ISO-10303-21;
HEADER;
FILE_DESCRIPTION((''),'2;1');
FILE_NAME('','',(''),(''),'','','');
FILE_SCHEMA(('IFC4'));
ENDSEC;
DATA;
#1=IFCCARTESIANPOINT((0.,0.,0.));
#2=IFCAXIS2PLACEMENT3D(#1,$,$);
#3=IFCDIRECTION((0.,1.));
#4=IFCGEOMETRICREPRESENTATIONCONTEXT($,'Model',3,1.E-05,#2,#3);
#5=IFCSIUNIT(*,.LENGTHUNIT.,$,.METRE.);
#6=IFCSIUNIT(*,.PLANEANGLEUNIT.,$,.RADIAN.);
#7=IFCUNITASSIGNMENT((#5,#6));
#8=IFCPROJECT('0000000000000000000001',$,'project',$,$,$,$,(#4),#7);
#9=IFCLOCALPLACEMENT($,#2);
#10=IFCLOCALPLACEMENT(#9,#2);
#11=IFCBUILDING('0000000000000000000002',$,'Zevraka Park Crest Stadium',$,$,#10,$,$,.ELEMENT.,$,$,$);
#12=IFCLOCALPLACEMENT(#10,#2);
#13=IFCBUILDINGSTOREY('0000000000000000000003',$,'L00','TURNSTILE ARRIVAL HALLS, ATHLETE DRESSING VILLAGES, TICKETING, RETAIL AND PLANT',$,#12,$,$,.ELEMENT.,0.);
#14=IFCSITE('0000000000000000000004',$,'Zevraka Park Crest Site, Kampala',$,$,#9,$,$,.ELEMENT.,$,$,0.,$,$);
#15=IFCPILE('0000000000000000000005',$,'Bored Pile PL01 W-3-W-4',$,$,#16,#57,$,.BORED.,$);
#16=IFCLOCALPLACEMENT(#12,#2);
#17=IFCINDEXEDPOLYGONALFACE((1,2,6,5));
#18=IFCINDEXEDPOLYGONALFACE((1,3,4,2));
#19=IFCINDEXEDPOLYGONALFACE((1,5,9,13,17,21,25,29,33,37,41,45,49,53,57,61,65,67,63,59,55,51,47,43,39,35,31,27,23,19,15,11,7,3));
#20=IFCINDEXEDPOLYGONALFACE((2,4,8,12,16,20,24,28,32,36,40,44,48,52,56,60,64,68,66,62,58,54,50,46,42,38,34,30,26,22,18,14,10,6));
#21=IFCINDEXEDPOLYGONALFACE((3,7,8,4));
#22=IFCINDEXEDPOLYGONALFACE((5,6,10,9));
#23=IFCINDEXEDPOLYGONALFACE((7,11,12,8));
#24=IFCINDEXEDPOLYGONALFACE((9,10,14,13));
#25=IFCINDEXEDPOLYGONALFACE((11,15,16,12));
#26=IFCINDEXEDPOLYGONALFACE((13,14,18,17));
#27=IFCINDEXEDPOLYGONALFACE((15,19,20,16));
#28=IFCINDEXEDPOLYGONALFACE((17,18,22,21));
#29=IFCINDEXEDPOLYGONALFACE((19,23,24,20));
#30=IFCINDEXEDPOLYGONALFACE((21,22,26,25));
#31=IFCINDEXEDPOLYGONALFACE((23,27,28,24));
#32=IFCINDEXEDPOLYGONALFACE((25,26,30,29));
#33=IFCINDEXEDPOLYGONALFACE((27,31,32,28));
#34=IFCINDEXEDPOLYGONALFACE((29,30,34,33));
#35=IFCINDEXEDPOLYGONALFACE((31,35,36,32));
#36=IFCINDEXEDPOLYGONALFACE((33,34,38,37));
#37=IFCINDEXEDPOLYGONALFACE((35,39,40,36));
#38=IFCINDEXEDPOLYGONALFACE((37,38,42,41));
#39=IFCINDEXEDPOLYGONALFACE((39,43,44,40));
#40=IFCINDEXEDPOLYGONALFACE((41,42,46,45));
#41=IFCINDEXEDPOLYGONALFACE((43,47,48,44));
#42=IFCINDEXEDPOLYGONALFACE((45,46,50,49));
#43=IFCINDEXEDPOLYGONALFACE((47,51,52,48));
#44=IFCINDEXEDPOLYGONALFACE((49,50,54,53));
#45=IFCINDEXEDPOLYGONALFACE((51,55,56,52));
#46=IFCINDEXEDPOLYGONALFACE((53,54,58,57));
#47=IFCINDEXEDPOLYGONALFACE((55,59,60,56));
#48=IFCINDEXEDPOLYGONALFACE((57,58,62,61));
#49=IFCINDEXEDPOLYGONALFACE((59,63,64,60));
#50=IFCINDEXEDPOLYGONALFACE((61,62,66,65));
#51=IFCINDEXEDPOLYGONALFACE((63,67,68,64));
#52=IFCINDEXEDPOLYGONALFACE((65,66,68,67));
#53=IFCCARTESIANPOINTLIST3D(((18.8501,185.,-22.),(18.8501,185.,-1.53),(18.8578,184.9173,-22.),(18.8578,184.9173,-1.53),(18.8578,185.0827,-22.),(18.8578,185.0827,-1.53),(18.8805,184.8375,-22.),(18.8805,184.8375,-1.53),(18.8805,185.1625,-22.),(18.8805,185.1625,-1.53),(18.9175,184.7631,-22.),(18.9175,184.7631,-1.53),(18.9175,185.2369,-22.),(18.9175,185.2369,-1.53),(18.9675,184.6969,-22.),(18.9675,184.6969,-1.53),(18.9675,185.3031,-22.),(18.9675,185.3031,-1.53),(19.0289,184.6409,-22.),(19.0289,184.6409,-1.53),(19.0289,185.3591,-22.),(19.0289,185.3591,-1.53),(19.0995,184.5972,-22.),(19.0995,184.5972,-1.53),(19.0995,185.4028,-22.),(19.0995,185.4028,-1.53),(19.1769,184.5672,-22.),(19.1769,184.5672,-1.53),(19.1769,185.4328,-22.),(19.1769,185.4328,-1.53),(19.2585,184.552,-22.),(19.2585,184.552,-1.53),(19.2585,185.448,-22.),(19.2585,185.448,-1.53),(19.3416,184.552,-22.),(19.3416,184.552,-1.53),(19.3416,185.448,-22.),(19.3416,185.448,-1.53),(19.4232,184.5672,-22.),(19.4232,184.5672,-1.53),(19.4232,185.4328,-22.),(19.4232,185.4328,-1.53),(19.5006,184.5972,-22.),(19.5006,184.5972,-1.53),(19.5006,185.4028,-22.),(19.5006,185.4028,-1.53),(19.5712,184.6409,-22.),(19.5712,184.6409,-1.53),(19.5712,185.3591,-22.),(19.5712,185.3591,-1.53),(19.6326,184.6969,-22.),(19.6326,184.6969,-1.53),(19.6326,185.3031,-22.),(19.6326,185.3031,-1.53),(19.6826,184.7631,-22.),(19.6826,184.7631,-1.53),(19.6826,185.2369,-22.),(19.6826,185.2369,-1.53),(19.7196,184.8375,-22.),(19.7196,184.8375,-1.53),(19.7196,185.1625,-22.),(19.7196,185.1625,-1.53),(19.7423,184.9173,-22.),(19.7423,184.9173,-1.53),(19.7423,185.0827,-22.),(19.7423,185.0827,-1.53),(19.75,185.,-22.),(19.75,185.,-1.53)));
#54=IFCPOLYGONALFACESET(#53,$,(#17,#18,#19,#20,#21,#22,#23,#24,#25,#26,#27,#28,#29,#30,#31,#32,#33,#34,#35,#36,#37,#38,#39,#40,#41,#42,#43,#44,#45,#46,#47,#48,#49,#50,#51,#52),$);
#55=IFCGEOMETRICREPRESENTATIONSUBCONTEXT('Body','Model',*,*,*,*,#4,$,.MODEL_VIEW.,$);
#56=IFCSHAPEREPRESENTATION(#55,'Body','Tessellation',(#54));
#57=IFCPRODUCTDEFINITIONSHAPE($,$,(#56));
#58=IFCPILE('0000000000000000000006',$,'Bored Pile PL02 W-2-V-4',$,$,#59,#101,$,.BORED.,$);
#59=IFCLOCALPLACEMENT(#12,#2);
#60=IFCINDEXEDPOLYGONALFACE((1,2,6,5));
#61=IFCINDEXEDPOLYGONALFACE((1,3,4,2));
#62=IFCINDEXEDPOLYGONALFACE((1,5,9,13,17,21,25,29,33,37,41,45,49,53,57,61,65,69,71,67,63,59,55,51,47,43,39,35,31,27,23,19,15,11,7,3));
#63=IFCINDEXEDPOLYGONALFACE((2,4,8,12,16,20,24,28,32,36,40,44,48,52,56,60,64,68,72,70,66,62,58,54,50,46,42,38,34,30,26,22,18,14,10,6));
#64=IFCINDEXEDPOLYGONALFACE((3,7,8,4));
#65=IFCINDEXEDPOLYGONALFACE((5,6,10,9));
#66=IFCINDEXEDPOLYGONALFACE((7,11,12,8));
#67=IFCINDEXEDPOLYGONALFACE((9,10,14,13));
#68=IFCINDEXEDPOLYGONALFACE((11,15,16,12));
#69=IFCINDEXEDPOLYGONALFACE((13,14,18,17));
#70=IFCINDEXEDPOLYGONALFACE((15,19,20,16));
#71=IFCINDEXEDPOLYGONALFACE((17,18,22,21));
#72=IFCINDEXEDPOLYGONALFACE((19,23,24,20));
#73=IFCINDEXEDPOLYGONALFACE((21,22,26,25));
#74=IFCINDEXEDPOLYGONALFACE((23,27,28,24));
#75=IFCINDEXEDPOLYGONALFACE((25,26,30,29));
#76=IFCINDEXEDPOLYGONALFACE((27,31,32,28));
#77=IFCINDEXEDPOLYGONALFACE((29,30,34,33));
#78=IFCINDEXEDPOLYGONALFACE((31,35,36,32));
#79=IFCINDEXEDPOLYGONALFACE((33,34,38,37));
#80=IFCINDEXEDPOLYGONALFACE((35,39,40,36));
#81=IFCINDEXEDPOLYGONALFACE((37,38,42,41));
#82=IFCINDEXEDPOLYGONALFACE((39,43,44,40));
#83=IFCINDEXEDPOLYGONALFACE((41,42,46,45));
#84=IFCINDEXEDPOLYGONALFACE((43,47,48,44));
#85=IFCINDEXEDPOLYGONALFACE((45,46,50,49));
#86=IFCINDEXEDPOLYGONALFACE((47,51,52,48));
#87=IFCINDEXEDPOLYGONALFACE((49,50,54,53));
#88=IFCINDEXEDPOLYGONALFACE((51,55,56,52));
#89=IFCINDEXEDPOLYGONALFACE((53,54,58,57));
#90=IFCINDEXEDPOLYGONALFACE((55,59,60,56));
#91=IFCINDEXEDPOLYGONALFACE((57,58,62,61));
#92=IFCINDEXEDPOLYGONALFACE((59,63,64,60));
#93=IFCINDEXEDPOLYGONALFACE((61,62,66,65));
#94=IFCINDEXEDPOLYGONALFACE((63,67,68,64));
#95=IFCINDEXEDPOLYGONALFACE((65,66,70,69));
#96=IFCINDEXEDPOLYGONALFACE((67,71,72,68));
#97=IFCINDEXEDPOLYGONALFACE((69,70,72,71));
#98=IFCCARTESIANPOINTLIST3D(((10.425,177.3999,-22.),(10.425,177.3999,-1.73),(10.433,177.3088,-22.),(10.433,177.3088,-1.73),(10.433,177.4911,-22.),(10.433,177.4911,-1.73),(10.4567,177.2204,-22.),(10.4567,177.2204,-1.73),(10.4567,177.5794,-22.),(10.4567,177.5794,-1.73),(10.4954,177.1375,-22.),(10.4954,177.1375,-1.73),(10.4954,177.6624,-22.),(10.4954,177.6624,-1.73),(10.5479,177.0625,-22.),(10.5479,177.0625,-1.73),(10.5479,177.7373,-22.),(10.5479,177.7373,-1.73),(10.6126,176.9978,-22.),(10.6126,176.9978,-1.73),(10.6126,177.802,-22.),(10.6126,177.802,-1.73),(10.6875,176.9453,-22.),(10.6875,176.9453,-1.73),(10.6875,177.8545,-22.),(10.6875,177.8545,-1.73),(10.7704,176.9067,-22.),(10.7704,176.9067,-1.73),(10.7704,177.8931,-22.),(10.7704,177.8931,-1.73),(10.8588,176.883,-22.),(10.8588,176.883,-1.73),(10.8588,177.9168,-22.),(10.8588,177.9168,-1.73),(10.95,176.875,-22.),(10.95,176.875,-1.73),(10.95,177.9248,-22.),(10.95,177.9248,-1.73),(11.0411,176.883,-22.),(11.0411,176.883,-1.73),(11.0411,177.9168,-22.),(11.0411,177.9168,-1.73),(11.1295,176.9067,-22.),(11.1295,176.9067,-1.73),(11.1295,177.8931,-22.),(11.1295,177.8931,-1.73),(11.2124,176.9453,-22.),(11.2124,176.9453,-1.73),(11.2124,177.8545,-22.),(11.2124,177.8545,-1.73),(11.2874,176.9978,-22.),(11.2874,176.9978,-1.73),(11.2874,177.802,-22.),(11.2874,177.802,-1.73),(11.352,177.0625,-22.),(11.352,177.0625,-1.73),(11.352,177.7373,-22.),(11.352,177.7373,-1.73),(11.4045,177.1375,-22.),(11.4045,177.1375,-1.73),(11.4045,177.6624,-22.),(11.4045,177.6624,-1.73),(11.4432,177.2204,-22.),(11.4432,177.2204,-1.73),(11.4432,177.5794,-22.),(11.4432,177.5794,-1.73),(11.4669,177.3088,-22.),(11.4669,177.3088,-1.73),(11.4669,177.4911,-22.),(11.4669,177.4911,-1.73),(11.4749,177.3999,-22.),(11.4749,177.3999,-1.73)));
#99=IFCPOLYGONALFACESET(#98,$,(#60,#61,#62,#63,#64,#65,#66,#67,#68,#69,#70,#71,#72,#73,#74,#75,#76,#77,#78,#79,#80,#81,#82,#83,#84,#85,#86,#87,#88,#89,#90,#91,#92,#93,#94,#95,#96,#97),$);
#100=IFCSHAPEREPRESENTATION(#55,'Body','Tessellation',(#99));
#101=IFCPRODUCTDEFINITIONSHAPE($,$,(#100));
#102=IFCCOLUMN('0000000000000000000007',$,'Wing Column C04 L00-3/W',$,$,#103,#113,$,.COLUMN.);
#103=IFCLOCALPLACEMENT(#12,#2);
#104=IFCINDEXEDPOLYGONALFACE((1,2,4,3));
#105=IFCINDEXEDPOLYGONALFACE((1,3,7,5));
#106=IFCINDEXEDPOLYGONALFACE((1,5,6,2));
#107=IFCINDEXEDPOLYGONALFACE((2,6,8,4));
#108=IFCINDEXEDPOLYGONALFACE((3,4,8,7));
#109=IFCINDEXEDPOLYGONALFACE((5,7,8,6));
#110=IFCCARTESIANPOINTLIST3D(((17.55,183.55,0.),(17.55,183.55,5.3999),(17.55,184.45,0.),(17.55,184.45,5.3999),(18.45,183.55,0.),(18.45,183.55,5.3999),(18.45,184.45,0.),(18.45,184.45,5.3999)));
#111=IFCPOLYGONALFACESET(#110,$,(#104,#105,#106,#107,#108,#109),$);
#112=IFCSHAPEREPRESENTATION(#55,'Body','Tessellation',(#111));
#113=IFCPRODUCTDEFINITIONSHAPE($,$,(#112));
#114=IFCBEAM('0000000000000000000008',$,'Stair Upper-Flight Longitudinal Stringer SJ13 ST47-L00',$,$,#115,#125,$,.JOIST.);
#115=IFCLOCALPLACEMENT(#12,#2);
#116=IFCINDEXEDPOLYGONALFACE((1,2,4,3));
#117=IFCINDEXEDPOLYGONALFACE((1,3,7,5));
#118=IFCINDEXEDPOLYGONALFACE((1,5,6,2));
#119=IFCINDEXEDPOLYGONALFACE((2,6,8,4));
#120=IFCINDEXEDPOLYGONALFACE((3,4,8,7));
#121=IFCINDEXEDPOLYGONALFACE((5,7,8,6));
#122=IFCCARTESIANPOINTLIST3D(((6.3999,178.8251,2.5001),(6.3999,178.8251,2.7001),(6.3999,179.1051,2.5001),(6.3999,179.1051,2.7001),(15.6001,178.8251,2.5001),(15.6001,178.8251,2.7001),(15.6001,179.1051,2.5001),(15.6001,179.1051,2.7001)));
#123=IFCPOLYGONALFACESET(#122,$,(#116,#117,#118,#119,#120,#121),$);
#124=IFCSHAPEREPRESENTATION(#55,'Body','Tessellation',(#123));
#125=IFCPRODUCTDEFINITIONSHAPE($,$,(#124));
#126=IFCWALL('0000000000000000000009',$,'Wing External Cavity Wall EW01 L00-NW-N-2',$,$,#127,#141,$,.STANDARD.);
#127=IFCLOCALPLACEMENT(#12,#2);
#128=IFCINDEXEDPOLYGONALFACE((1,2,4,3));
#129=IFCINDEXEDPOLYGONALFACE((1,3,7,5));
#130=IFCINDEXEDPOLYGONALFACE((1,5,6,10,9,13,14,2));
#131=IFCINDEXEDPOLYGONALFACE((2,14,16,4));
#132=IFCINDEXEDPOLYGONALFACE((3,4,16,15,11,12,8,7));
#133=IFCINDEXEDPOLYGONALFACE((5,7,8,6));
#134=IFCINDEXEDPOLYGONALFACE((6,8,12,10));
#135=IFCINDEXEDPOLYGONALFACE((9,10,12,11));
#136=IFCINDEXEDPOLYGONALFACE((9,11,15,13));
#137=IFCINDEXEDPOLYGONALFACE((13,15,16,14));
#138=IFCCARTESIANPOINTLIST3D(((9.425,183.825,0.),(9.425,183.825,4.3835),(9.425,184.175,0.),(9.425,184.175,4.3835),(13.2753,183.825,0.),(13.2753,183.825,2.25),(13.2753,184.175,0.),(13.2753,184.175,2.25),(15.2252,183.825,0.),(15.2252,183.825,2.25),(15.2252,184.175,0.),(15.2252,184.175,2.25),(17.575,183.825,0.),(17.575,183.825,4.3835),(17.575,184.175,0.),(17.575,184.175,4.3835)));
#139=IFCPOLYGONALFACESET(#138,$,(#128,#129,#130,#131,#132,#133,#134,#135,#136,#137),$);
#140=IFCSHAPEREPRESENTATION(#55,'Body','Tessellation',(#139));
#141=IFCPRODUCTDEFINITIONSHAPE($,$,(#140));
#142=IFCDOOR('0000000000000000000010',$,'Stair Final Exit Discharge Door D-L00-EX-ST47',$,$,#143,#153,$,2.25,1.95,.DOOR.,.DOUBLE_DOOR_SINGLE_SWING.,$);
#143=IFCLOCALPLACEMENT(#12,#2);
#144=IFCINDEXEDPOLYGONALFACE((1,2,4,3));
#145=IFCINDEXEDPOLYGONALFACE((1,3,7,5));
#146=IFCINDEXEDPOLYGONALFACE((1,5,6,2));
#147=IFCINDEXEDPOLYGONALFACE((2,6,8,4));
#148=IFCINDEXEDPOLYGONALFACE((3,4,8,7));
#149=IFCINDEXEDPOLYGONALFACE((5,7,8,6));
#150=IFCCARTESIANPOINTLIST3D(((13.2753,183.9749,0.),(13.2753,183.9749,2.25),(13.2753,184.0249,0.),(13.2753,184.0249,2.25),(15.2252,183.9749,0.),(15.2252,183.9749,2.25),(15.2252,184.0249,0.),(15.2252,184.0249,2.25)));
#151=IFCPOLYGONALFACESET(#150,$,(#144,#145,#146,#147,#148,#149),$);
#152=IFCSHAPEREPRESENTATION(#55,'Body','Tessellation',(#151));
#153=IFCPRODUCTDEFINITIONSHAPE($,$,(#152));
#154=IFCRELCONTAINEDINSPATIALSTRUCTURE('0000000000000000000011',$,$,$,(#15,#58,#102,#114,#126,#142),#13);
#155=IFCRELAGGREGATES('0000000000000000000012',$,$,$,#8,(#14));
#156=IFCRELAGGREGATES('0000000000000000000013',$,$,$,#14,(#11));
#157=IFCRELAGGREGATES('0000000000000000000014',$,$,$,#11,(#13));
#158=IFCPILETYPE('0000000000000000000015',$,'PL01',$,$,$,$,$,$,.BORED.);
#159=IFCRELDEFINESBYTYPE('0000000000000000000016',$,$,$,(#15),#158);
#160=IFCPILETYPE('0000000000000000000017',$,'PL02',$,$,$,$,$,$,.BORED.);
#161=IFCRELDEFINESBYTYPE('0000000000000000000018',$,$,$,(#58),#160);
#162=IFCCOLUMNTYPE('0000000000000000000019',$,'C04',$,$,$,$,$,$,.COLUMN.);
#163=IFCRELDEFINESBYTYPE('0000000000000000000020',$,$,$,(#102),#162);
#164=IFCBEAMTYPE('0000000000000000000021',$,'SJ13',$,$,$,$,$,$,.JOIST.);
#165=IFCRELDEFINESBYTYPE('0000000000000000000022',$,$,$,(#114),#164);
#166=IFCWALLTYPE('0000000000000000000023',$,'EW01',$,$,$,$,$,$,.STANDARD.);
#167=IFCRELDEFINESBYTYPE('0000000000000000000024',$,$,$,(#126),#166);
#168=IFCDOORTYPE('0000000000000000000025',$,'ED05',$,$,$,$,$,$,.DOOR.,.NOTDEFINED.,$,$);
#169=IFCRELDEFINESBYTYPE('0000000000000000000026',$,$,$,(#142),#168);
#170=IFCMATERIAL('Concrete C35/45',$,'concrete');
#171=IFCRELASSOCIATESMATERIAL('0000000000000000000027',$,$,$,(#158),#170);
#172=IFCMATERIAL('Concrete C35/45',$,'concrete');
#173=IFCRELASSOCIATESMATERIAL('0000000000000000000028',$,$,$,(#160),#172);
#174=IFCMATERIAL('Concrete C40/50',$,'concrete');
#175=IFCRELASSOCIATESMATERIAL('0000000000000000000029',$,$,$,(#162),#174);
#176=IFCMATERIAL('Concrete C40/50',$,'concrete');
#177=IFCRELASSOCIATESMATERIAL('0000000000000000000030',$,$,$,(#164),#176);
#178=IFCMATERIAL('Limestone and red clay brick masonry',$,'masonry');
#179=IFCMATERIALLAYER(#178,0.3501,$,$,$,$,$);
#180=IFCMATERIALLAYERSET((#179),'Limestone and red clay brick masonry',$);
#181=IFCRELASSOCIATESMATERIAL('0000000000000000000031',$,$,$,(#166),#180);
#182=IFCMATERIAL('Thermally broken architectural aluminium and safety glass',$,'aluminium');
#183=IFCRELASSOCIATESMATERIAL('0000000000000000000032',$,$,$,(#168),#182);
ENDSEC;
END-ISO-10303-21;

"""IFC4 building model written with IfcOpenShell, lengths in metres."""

from ifc_helpers import new_model, si_unit, direction, frame, frame_2d, origin, origin_2d, place, context, subcontext, project, spatial, rectangle, circle, extrude, material, layer, layer_set, material_profile, profile_set, type_object, element, fill, save


model = new_model("IFC4")

# Units and contexts
model_context = context("Model", 3, precision=1e-05, world=origin(), true_north=direction((0.0, 1.0)))
body_context = subcontext(model_context, "Body", "Model", "MODEL_VIEW")
ifc_project = project(units=[si_unit("LENGTHUNIT", "METRE"), si_unit("PLANEANGLEUNIT", "RADIAN")], contexts=[model_context])

# Site, building, storey
site_placement = place(None, origin())
site = spatial("IfcSite", under=ifc_project, at=site_placement, Name="Zevraka Park Crest Site, Kampala", CompositionType="ELEMENT", RefElevation=0.0)
building_placement = place(site_placement, origin())
building = spatial("IfcBuilding", under=site, at=building_placement, Name="Zevraka Park Crest Stadium", CompositionType="ELEMENT")
storey_placement = place(building_placement, origin())
storey = spatial("IfcBuildingStorey", under=building, at=storey_placement, Name="L00", Description="TURNSTILE ARRIVAL HALLS, ATHLETE DRESSING VILLAGES, TICKETING, RETAIL AND PLANT", CompositionType="ELEMENT", Elevation=0.0)

# Piles
ifc_material_1 = material(Name="Concrete C35/45", Category="concrete")
ifc_material_profile_1 = material_profile(ifc_material_1, circle(Radius=0.45, at=origin_2d()), Name="PILE D900")
ifc_profile_set_1 = profile_set([ifc_material_profile_1], Name="Concrete C35/45")
pile_type_1 = type_object("IfcPileType", Name="PL01", PredefinedType="BORED", material=ifc_profile_set_1)
for number, where, z_axis, x_axis, name in (
    (1, (19.3, 185.0, -1.53), (0.0, 0.0, -1.0), (1.0, 0.0, 0.0), "Bored Pile PL01 W-3-W-4"),
):
    element("IfcPile", number, at=place(storey_placement, frame(where, z_axis=z_axis, x_axis=x_axis)), inside=storey, type_object=pile_type_1, Name=name, PredefinedType="BORED", context=body_context, shape_type="SweptSolid", body=[
        extrude(circle(Radius=0.45, at=origin_2d()), origin(), (0.0, 0.0, 1.0), 20.47),
    ])
ifc_material_2 = material(Name="Concrete C35/45", Category="concrete")
ifc_material_profile_2 = material_profile(ifc_material_2, circle(Radius=0.5249, at=origin_2d()), Name="PILE D1050")
ifc_profile_set_2 = profile_set([ifc_material_profile_2], Name="Concrete C35/45")
pile_type_2 = type_object("IfcPileType", Name="PL02", PredefinedType="BORED", material=ifc_profile_set_2)
pile_placement = place(storey_placement, frame((10.95, 177.3999, -1.73), z_axis=(0.0, 0.0, -1.0), x_axis=(1.0, 0.0, 0.0)))
element("IfcPile", 2, at=pile_placement, inside=storey, type_object=pile_type_2, Name="Bored Pile PL02 W-2-V-4", PredefinedType="BORED", context=body_context, shape_type="SweptSolid", body=[
    extrude(circle(Radius=0.5249, at=origin_2d()), origin(), (0.0, 0.0, 1.0), 20.27),
])

# Column
ifc_material_3 = material(Name="Concrete C40/50", Category="concrete")
ifc_material_profile_3 = material_profile(ifc_material_3, rectangle(XDim=0.8999, YDim=0.8999, at=origin_2d()), Name="RC 900x900")
ifc_profile_set_3 = profile_set([ifc_material_profile_3], Name="Concrete C40/50")
column_type = type_object("IfcColumnType", Name="C04", PredefinedType="COLUMN", material=ifc_profile_set_3)
column_placement = place(storey_placement, frame((18.0, 184.0, 0.0), z_axis=(0.0, 0.0, 1.0), x_axis=(1.0, 0.0, 0.0)))
element("IfcColumn", 3, at=column_placement, inside=storey, type_object=column_type, Name="Wing Column C04 L00-3/W", PredefinedType="COLUMN", context=body_context, shape_type="SweptSolid", body=[
    extrude(rectangle(XDim=0.8999, YDim=0.8999, at=origin_2d()), origin(), (0.0, 0.0, 1.0), 5.3999),
])

# Beam
ifc_material_4 = material(Name="Concrete C40/50", Category="concrete")
ifc_material_profile_4 = material_profile(ifc_material_4, rectangle(XDim=0.28, YDim=0.2, at=origin_2d()), Name="RC 200x280")
ifc_profile_set_4 = profile_set([ifc_material_profile_4], Name="Concrete C40/50")
beam_type = type_object("IfcBeamType", Name="SJ13", PredefinedType="JOIST", material=ifc_profile_set_4)
beam_placement = place(storey_placement, frame((15.6001, 178.9651, 2.6001), z_axis=(-1.0, 0.0, 0.0), x_axis=(0.0, -1.0, 0.0)))
element("IfcBeam", 4, at=beam_placement, inside=storey, type_object=beam_type, Name="Stair Upper-Flight Longitudinal Stringer SJ13 ST47-L00", PredefinedType="JOIST", context=body_context, shape_type="SweptSolid", body=[
    extrude(rectangle(XDim=0.28, YDim=0.2, at=origin_2d()), origin(), (0.0, 0.0, 1.0), 9.2002),
])

# Wall, opening, door
ifc_material_5 = material(Name="Limestone and red clay brick masonry", Category="masonry")
ifc_layer_1 = layer(ifc_material_5, 0.3501)
ifc_layer_set_1 = layer_set([ifc_layer_1], Name="Limestone and red clay brick masonry")
wall_type_1 = type_object("IfcWallType", Name="EW01", PredefinedType="STANDARD", material=ifc_layer_set_1)
wall_1_placement = place(storey_placement, frame((9.425, 184.0, 0.0), z_axis=(0.0, 0.0, 1.0), x_axis=(1.0, 0.0, 0.0)))
wall_1 = element("IfcWall", 5, at=wall_1_placement, inside=storey, type_object=wall_type_1, Name="Wing External Cavity Wall EW01 L00-NW-N-2", PredefinedType="STANDARD", context=body_context, shape_type="SweptSolid", body=[
    extrude(rectangle(XDim=8.1499, YDim=0.3501, at=frame_2d((4.075, 0.0))), origin(), (0.0, 0.0, 1.0), 4.3835),
])
opening_1_placement = place(wall_1_placement, frame((3.8501, 0.0, 0.0)))
opening_1 = element("IfcOpeningElement", 6, at=opening_1_placement, cuts=wall_1, PredefinedType="OPENING", context=body_context, shape_type="SweptSolid", body=[
    extrude(rectangle(XDim=1.95, YDim=2.25, at=frame_2d((0.9751, 1.125))), frame((0.0, 0.1851, 0.0), z_axis=(0.0, -1.0, 0.0), x_axis=(1.0, 0.0, 0.0)), (0.0, 0.0, 1.0), 0.3701),
])
ifc_material_6 = material(Name="Thermally broken architectural aluminium and safety glass", Category="aluminium")
door_type_1 = type_object("IfcDoorType", Name="ED05", OperationType="NOTDEFINED", PredefinedType="DOOR", material=ifc_material_6)
door_1_placement = place(opening_1_placement, origin())
door_1 = element("IfcDoor", 7, at=door_1_placement, inside=storey, type_object=door_type_1, Name="Stair Final Exit Discharge Door D-L00-EX-ST47", OperationType="DOUBLE_DOOR_SINGLE_SWING", OverallHeight=2.25, OverallWidth=1.95, PredefinedType="DOOR", context=body_context, shape_type="SweptSolid", body=[
    extrude(rectangle(XDim=1.95, YDim=2.25, at=frame_2d((0.9751, 1.125))), frame((0.0, 0.0249, 0.0), z_axis=(0.0, -1.0, 0.0), x_axis=(1.0, 0.0, 0.0)), (0.0, 0.0, 1.0), 0.05),
])
fill(opening_1, door_1)

save(model, "model.ifc")
